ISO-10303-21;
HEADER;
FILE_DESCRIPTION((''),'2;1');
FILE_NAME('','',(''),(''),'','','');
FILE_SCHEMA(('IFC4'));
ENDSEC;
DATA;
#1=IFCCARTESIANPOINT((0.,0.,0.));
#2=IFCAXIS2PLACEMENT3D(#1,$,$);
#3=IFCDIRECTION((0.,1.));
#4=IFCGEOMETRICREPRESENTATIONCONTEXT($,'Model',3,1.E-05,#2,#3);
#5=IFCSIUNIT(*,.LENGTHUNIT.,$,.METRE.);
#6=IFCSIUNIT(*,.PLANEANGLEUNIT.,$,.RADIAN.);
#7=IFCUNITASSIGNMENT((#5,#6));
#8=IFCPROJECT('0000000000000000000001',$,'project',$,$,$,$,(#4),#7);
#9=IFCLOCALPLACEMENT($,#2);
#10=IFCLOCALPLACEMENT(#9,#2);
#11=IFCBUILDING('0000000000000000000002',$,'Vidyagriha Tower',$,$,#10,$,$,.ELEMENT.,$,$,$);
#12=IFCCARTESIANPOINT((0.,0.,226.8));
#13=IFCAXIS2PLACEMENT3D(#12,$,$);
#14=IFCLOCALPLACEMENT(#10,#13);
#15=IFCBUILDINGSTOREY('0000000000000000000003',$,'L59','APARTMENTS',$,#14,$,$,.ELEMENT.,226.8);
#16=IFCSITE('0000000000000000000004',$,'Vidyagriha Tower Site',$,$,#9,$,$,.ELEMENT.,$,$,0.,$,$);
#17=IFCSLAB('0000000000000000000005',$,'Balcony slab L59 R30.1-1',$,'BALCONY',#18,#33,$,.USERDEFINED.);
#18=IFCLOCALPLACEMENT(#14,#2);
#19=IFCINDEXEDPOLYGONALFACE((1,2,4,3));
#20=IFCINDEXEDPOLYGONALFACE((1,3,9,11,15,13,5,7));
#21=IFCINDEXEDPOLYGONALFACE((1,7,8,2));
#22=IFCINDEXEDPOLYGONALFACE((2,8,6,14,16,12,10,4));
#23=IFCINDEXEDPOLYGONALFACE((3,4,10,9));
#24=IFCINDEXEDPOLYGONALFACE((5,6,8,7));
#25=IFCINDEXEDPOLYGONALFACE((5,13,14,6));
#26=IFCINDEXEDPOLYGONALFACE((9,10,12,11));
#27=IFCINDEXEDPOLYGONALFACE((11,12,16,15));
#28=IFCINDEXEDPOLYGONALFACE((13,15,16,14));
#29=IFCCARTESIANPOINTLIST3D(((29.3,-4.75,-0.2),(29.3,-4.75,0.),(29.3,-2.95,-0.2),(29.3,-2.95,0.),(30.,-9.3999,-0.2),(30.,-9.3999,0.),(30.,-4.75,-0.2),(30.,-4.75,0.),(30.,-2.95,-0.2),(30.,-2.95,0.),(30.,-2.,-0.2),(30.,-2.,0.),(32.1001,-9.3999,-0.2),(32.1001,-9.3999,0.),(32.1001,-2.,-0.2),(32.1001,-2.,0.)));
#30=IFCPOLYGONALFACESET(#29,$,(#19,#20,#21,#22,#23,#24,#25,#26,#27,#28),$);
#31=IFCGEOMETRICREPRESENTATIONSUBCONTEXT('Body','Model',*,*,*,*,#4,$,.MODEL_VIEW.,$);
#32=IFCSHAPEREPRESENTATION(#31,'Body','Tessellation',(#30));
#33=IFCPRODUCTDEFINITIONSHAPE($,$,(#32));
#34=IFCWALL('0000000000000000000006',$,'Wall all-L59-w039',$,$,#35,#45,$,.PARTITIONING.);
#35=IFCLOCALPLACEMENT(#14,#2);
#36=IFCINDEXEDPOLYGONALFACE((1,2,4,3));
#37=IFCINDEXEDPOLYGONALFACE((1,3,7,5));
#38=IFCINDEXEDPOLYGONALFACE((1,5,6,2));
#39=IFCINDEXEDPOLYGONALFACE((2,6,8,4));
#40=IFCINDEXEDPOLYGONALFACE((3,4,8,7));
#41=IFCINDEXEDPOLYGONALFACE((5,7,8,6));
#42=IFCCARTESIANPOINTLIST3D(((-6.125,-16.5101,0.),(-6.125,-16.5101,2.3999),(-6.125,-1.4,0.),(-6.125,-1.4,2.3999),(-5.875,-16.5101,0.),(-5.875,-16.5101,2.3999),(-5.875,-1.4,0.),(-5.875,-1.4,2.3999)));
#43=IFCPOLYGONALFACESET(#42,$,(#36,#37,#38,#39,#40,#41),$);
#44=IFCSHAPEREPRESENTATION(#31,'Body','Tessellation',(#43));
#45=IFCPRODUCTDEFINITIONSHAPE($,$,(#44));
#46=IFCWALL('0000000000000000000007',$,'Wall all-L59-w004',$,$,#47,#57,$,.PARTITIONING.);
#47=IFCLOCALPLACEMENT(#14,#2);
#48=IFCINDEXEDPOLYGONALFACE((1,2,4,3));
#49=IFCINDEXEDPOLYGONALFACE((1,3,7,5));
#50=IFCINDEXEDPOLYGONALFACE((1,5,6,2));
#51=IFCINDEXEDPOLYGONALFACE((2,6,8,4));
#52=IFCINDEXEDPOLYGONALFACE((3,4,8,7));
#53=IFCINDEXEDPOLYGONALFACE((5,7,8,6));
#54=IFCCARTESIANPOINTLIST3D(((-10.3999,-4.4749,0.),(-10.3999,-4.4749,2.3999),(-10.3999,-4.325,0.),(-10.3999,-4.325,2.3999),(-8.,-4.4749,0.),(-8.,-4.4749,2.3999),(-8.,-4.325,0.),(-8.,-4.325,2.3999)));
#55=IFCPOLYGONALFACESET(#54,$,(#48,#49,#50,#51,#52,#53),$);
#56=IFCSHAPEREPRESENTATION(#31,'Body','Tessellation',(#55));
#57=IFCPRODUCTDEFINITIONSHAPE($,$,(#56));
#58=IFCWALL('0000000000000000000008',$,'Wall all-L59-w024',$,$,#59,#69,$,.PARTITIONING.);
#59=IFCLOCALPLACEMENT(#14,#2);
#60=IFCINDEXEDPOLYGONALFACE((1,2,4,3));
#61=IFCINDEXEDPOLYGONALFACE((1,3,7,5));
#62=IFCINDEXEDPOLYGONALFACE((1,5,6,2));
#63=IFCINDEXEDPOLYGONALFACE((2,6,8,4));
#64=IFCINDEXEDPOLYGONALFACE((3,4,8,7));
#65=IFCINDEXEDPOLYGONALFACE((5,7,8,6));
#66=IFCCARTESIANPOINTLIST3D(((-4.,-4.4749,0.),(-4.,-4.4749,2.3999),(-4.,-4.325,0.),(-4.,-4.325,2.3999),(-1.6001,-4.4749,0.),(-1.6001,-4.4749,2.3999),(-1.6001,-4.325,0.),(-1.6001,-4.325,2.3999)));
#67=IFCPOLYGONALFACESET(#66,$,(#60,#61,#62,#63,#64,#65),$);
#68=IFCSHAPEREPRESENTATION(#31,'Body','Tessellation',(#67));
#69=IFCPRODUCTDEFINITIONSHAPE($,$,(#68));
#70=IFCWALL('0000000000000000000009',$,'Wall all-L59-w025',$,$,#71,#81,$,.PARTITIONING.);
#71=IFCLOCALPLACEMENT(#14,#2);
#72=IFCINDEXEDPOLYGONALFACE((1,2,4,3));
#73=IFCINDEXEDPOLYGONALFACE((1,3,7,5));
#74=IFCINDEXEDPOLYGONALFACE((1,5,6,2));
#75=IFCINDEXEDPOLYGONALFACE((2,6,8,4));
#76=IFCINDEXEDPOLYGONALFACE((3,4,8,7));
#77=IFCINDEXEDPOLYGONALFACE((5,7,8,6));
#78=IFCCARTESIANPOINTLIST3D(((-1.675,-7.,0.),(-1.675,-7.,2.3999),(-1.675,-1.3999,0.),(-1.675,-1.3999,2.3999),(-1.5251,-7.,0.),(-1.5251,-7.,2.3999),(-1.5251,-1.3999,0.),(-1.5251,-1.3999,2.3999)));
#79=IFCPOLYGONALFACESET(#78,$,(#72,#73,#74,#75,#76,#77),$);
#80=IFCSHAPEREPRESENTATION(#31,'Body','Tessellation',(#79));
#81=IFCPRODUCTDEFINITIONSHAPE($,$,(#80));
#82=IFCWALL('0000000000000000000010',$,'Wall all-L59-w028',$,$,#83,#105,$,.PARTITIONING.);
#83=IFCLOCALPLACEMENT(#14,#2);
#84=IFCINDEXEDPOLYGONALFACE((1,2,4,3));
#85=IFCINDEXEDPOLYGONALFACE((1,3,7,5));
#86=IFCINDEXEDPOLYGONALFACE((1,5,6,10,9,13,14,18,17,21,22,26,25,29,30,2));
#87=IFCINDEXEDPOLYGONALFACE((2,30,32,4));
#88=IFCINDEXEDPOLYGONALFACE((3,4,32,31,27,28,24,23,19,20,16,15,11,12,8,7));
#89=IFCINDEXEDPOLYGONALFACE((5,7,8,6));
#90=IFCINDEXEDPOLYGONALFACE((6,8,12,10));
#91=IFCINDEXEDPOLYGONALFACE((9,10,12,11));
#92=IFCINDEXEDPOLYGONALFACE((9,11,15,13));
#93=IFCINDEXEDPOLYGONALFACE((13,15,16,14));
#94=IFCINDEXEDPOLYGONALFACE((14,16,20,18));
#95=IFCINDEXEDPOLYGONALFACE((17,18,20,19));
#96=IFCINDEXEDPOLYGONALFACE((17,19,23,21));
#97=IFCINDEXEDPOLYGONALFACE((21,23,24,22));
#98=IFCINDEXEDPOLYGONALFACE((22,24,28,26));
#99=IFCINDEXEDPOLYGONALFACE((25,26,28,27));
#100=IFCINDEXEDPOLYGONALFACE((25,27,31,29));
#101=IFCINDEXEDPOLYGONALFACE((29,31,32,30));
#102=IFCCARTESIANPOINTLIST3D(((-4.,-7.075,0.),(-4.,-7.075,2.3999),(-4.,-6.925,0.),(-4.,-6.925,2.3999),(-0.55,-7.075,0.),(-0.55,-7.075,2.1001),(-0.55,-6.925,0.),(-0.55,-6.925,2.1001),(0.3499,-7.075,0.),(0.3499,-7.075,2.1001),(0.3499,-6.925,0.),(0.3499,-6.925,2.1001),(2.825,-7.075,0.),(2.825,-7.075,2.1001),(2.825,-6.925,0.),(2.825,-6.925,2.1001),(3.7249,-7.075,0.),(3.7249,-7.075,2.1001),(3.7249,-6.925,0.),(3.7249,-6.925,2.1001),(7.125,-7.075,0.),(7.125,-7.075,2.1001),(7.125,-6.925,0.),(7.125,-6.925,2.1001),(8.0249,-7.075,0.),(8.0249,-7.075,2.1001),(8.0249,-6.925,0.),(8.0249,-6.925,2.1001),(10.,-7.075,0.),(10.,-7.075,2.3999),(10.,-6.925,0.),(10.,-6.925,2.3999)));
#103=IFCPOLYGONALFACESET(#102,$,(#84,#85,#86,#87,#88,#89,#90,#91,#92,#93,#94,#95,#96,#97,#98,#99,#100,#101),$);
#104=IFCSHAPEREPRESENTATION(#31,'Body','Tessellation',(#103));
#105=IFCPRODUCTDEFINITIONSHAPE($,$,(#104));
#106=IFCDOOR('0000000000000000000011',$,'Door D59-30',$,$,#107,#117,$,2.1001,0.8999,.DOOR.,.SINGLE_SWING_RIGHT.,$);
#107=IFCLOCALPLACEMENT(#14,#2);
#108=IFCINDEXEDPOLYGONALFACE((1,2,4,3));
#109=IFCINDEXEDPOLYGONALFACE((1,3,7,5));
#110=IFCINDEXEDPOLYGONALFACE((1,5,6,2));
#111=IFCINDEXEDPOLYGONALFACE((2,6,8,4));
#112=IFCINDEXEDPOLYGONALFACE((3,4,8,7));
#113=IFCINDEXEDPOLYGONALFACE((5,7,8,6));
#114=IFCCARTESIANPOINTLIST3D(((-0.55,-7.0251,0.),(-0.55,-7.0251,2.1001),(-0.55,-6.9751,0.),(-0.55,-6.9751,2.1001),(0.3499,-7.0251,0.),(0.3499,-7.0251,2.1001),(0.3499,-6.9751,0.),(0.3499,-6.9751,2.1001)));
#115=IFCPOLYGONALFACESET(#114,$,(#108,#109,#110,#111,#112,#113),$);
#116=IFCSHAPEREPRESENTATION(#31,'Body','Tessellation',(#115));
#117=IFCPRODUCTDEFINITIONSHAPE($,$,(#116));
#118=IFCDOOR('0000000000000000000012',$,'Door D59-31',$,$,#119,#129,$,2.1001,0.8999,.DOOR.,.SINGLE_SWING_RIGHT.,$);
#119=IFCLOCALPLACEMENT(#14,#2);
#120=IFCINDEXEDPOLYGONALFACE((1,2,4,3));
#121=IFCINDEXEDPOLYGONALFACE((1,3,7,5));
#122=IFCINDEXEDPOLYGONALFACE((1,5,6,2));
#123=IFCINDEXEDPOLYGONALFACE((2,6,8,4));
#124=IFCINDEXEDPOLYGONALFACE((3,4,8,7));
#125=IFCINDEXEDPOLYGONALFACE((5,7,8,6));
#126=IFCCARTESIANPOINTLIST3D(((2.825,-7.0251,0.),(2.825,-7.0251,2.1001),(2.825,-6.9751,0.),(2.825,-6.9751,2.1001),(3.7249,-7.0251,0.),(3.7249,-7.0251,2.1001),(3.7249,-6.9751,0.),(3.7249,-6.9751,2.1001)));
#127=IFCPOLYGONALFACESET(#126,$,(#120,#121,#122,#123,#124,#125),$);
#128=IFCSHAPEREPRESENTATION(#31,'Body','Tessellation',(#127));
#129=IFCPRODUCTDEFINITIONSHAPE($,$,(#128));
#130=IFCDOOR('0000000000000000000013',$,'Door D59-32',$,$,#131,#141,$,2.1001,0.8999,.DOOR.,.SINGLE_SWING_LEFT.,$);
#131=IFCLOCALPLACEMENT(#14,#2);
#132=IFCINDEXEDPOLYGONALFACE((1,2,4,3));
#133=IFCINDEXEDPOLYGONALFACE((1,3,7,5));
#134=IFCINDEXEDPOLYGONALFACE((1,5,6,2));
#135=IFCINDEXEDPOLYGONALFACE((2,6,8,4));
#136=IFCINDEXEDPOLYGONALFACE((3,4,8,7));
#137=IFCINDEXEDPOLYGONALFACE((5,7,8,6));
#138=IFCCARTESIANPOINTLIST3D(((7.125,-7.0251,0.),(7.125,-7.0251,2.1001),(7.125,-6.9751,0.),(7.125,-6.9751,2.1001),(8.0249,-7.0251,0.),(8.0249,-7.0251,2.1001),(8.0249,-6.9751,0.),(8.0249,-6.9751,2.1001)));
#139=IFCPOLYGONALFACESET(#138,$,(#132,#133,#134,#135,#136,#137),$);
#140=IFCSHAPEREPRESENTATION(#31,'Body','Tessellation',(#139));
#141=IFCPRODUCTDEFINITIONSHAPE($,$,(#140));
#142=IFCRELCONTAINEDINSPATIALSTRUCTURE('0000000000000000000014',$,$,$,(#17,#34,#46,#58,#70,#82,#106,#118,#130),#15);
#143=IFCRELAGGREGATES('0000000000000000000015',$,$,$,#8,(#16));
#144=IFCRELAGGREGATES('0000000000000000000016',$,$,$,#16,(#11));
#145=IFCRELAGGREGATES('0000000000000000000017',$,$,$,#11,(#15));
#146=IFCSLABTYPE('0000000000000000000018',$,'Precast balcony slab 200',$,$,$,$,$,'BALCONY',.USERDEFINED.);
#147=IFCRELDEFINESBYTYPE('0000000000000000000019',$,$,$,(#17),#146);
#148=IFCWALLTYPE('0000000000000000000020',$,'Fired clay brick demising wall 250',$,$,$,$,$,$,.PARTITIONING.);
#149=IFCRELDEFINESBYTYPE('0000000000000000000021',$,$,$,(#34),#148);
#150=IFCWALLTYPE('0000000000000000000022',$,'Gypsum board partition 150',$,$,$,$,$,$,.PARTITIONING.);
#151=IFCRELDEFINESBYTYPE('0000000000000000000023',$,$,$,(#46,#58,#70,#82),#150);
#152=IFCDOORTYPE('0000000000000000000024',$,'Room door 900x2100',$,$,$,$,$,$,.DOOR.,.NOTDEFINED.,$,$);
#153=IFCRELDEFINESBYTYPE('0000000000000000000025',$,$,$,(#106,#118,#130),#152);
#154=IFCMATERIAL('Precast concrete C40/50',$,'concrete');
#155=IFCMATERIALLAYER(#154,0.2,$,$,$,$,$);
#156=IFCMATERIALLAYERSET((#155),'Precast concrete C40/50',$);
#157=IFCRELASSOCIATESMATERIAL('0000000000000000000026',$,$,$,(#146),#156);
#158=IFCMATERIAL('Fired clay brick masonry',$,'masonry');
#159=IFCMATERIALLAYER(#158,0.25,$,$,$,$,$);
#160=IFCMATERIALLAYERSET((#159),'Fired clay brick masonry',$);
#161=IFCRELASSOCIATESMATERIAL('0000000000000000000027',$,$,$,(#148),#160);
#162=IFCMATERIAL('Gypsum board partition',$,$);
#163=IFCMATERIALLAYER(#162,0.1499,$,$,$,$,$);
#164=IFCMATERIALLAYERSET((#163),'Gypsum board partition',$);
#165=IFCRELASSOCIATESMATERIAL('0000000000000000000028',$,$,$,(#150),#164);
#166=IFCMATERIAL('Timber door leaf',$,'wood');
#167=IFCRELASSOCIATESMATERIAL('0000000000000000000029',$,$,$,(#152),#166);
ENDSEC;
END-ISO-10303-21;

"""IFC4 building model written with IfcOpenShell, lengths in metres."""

from ifc_helpers import new_model, si_unit, direction, frame, frame_2d, origin, place, context, subcontext, project, spatial, polyline, rectangle, outline, extrude, material, layer, layer_set, type_object, element, fill, save


model = new_model("IFC4")

# Units and contexts
model_context = context("Model", 3, precision=1e-05, world=origin(), true_north=direction((0.0, 1.0)))
body_context = subcontext(model_context, "Body", "Model", "MODEL_VIEW")
ifc_project = project(units=[si_unit("LENGTHUNIT", "METRE"), si_unit("PLANEANGLEUNIT", "RADIAN")], contexts=[model_context])

# Site, building, storey
site_placement = place(None, origin())
site = spatial("IfcSite", under=ifc_project, at=site_placement, Name="Vidyagriha Tower Site", CompositionType="ELEMENT", RefElevation=0.0)
building_placement = place(site_placement, origin())
building = spatial("IfcBuilding", under=site, at=building_placement, Name="Vidyagriha Tower", CompositionType="ELEMENT")
storey_placement = place(building_placement, frame((0.0, 0.0, 226.8)))
storey = spatial("IfcBuildingStorey", under=building, at=storey_placement, Name="L59", Description="APARTMENTS", CompositionType="ELEMENT", Elevation=226.8)

# Slab
ifc_material_1 = material(Name="Precast concrete C40/50", Category="concrete")
ifc_layer_1 = layer(ifc_material_1, 0.2)
ifc_layer_set_1 = layer_set([ifc_layer_1], Name="Precast concrete C40/50")
slab_type_1 = type_object("IfcSlabType", Name="Precast balcony slab 200", ElementType="BALCONY", PredefinedType="USERDEFINED", material=ifc_layer_set_1)
slab_1_placement = place(storey_placement, frame((0.0, 0.0, -0.2)))
element("IfcSlab", 1, at=slab_1_placement, inside=storey, type_object=slab_type_1, Name="Balcony slab L59 R30.1-1", ObjectType="BALCONY", PredefinedType="USERDEFINED", context=body_context, shape_type="SweptSolid", body=[
    extrude(outline(polyline([(30.0, -4.75), (30.0, -9.3999), (32.1001, -9.3999), (32.1001, -2.0), (30.0, -2.0), (30.0, -2.95), (29.3, -2.95), (29.3, -4.75), (30.0, -4.75)])), origin(), (0.0, 0.0, 1.0), 0.2),
])

# Walls
ifc_material_2 = material(Name="Fired clay brick masonry", Category="masonry")
ifc_layer_2 = layer(ifc_material_2, 0.25)
ifc_layer_set_2 = layer_set([ifc_layer_2], Name="Fired clay brick masonry")
wall_type_1 = type_object("IfcWallType", Name="Fired clay brick demising wall 250", PredefinedType="PARTITIONING", material=ifc_layer_set_2)
wall_1_placement = place(storey_placement, frame((-6.0, -1.3999, 0.0), z_axis=(0.0, 0.0, 1.0), x_axis=(0.0, -1.0, 0.0)))
element("IfcWall", 2, at=wall_1_placement, inside=storey, type_object=wall_type_1, Name="Wall all-L59-w039", PredefinedType="PARTITIONING", context=body_context, shape_type="SweptSolid", body=[
    extrude(rectangle(XDim=15.1101, YDim=0.25, at=frame_2d((7.5552, 0.0))), origin(), (0.0, 0.0, 1.0), 2.3999),
])
ifc_material_3 = material(Name="Gypsum board partition")
ifc_layer_3 = layer(ifc_material_3, 0.1499)
ifc_layer_set_3 = layer_set([ifc_layer_3], Name="Gypsum board partition")
wall_type_2 = type_object("IfcWallType", Name="Gypsum board partition 150", PredefinedType="PARTITIONING", material=ifc_layer_set_3)
for number, where, z_axis, x_axis, name in (
    (3, (-8.0, -4.3999, 0.0), (0.0, 0.0, 1.0), (-1.0, 0.0, 0.0), "Wall all-L59-w004"),
    (4, (-1.6001, -4.3999, 0.0), (0.0, 0.0, 1.0), (-1.0, 0.0, 0.0), "Wall all-L59-w024"),
):
    element("IfcWall", number, at=place(storey_placement, frame(where, z_axis=z_axis, x_axis=x_axis)), inside=storey, type_object=wall_type_2, Name=name, PredefinedType="PARTITIONING", context=body_context, shape_type="SweptSolid", body=[
        extrude(rectangle(XDim=2.3999, YDim=0.1499, at=frame_2d((1.2, 0.0))), origin(), (0.0, 0.0, 1.0), 2.3999),
    ])
wall_2_placement = place(storey_placement, frame((-1.6001, -1.3999, 0.0), z_axis=(0.0, 0.0, 1.0), x_axis=(0.0, -1.0, 0.0)))
element("IfcWall", 5, at=wall_2_placement, inside=storey, type_object=wall_type_2, Name="Wall all-L59-w025", PredefinedType="PARTITIONING", context=body_context, shape_type="SweptSolid", body=[
    extrude(rectangle(XDim=5.6001, YDim=0.1499, at=frame_2d((2.8, 0.0))), origin(), (0.0, 0.0, 1.0), 2.3999),
])

# Wall, openings, doors
wall_3_placement = place(storey_placement, frame((-4.0, -7.0, 0.0)))
wall_3 = element("IfcWall", 6, at=wall_3_placement, inside=storey, type_object=wall_type_2, Name="Wall all-L59-w028", PredefinedType="PARTITIONING", context=body_context, shape_type="SweptSolid", body=[
    extrude(rectangle(XDim=14.0, YDim=0.1499, at=frame_2d((7.0, 0.0))), origin(), (0.0, 0.0, 1.0), 2.3999),
])
opening_1_placement = place(wall_3_placement, frame((3.45, 0.0, 0.0)))
opening_1 = element("IfcOpeningElement", 7, at=opening_1_placement, cuts=wall_3, PredefinedType="OPENING", context=body_context, shape_type="SweptSolid", body=[
    extrude(rectangle(XDim=0.8999, YDim=2.1001, at=frame_2d((0.45, 1.05))), frame((0.0, 0.085, 0.0), z_axis=(0.0, -1.0, 0.0), x_axis=(1.0, 0.0, 0.0)), (0.0, 0.0, 1.0), 0.1699),
])
opening_2_placement = place(wall_3_placement, frame((6.825, 0.0, 0.0)))
opening_2 = element("IfcOpeningElement", 8, at=opening_2_placement, cuts=wall_3, PredefinedType="OPENING", context=body_context, shape_type="SweptSolid", body=[
    extrude(rectangle(XDim=0.8999, YDim=2.1001, at=frame_2d((0.45, 1.05))), frame((0.0, 0.085, 0.0), z_axis=(0.0, -1.0, 0.0), x_axis=(1.0, 0.0, 0.0)), (0.0, 0.0, 1.0), 0.1699),
])
opening_3_placement = place(wall_3_placement, frame((11.125, 0.0, 0.0)))
opening_3 = element("IfcOpeningElement", 9, at=opening_3_placement, cuts=wall_3, PredefinedType="OPENING", context=body_context, shape_type="SweptSolid", body=[
    extrude(rectangle(XDim=0.8999, YDim=2.1001, at=frame_2d((0.45, 1.05))), frame((0.0, 0.085, 0.0), z_axis=(0.0, -1.0, 0.0), x_axis=(1.0, 0.0, 0.0)), (0.0, 0.0, 1.0), 0.1699),
])
ifc_material_4 = material(Name="Timber door leaf", Category="wood")
door_type_1 = type_object("IfcDoorType", Name="Room door 900x2100", OperationType="NOTDEFINED", PredefinedType="DOOR", material=ifc_material_4)
door_1_placement = place(opening_1_placement, origin())
door_1 = element("IfcDoor", 10, at=door_1_placement, inside=storey, type_object=door_type_1, Name="Door D59-30", OperationType="SINGLE_SWING_RIGHT", OverallHeight=2.1001, OverallWidth=0.8999, PredefinedType="DOOR", context=body_context, shape_type="SweptSolid", body=[
    extrude(rectangle(XDim=0.8999, YDim=2.1001, at=frame_2d((0.45, 1.05))), frame((0.0, 0.0249, 0.0), z_axis=(0.0, -1.0, 0.0), x_axis=(1.0, 0.0, 0.0)), (0.0, 0.0, 1.0), 0.05),
])
fill(opening_1, door_1)
door_2_placement = place(opening_2_placement, origin())
door_2 = element("IfcDoor", 11, at=door_2_placement, inside=storey, type_object=door_type_1, Name="Door D59-31", OperationType="SINGLE_SWING_RIGHT", OverallHeight=2.1001, OverallWidth=0.8999, PredefinedType="DOOR", context=body_context, shape_type="SweptSolid", body=[
    extrude(rectangle(XDim=0.8999, YDim=2.1001, at=frame_2d((0.45, 1.05))), frame((0.0, 0.0249, 0.0), z_axis=(0.0, -1.0, 0.0), x_axis=(1.0, 0.0, 0.0)), (0.0, 0.0, 1.0), 0.05),
])
fill(opening_2, door_2)
door_3_placement = place(opening_3_placement, origin())
door_3 = element("IfcDoor", 12, at=door_3_placement, inside=storey, type_object=door_type_1, Name="Door D59-32", OperationType="SINGLE_SWING_LEFT", OverallHeight=2.1001, OverallWidth=0.8999, PredefinedType="DOOR", context=body_context, shape_type="SweptSolid", body=[
    extrude(rectangle(XDim=0.8999, YDim=2.1001, at=frame_2d((0.45, 1.05))), frame((0.0, 0.0249, 0.0), z_axis=(0.0, -1.0, 0.0), x_axis=(1.0, 0.0, 0.0)), (0.0, 0.0, 1.0), 0.05),
])
fill(opening_3, door_3)

save(model, "model.ifc")
